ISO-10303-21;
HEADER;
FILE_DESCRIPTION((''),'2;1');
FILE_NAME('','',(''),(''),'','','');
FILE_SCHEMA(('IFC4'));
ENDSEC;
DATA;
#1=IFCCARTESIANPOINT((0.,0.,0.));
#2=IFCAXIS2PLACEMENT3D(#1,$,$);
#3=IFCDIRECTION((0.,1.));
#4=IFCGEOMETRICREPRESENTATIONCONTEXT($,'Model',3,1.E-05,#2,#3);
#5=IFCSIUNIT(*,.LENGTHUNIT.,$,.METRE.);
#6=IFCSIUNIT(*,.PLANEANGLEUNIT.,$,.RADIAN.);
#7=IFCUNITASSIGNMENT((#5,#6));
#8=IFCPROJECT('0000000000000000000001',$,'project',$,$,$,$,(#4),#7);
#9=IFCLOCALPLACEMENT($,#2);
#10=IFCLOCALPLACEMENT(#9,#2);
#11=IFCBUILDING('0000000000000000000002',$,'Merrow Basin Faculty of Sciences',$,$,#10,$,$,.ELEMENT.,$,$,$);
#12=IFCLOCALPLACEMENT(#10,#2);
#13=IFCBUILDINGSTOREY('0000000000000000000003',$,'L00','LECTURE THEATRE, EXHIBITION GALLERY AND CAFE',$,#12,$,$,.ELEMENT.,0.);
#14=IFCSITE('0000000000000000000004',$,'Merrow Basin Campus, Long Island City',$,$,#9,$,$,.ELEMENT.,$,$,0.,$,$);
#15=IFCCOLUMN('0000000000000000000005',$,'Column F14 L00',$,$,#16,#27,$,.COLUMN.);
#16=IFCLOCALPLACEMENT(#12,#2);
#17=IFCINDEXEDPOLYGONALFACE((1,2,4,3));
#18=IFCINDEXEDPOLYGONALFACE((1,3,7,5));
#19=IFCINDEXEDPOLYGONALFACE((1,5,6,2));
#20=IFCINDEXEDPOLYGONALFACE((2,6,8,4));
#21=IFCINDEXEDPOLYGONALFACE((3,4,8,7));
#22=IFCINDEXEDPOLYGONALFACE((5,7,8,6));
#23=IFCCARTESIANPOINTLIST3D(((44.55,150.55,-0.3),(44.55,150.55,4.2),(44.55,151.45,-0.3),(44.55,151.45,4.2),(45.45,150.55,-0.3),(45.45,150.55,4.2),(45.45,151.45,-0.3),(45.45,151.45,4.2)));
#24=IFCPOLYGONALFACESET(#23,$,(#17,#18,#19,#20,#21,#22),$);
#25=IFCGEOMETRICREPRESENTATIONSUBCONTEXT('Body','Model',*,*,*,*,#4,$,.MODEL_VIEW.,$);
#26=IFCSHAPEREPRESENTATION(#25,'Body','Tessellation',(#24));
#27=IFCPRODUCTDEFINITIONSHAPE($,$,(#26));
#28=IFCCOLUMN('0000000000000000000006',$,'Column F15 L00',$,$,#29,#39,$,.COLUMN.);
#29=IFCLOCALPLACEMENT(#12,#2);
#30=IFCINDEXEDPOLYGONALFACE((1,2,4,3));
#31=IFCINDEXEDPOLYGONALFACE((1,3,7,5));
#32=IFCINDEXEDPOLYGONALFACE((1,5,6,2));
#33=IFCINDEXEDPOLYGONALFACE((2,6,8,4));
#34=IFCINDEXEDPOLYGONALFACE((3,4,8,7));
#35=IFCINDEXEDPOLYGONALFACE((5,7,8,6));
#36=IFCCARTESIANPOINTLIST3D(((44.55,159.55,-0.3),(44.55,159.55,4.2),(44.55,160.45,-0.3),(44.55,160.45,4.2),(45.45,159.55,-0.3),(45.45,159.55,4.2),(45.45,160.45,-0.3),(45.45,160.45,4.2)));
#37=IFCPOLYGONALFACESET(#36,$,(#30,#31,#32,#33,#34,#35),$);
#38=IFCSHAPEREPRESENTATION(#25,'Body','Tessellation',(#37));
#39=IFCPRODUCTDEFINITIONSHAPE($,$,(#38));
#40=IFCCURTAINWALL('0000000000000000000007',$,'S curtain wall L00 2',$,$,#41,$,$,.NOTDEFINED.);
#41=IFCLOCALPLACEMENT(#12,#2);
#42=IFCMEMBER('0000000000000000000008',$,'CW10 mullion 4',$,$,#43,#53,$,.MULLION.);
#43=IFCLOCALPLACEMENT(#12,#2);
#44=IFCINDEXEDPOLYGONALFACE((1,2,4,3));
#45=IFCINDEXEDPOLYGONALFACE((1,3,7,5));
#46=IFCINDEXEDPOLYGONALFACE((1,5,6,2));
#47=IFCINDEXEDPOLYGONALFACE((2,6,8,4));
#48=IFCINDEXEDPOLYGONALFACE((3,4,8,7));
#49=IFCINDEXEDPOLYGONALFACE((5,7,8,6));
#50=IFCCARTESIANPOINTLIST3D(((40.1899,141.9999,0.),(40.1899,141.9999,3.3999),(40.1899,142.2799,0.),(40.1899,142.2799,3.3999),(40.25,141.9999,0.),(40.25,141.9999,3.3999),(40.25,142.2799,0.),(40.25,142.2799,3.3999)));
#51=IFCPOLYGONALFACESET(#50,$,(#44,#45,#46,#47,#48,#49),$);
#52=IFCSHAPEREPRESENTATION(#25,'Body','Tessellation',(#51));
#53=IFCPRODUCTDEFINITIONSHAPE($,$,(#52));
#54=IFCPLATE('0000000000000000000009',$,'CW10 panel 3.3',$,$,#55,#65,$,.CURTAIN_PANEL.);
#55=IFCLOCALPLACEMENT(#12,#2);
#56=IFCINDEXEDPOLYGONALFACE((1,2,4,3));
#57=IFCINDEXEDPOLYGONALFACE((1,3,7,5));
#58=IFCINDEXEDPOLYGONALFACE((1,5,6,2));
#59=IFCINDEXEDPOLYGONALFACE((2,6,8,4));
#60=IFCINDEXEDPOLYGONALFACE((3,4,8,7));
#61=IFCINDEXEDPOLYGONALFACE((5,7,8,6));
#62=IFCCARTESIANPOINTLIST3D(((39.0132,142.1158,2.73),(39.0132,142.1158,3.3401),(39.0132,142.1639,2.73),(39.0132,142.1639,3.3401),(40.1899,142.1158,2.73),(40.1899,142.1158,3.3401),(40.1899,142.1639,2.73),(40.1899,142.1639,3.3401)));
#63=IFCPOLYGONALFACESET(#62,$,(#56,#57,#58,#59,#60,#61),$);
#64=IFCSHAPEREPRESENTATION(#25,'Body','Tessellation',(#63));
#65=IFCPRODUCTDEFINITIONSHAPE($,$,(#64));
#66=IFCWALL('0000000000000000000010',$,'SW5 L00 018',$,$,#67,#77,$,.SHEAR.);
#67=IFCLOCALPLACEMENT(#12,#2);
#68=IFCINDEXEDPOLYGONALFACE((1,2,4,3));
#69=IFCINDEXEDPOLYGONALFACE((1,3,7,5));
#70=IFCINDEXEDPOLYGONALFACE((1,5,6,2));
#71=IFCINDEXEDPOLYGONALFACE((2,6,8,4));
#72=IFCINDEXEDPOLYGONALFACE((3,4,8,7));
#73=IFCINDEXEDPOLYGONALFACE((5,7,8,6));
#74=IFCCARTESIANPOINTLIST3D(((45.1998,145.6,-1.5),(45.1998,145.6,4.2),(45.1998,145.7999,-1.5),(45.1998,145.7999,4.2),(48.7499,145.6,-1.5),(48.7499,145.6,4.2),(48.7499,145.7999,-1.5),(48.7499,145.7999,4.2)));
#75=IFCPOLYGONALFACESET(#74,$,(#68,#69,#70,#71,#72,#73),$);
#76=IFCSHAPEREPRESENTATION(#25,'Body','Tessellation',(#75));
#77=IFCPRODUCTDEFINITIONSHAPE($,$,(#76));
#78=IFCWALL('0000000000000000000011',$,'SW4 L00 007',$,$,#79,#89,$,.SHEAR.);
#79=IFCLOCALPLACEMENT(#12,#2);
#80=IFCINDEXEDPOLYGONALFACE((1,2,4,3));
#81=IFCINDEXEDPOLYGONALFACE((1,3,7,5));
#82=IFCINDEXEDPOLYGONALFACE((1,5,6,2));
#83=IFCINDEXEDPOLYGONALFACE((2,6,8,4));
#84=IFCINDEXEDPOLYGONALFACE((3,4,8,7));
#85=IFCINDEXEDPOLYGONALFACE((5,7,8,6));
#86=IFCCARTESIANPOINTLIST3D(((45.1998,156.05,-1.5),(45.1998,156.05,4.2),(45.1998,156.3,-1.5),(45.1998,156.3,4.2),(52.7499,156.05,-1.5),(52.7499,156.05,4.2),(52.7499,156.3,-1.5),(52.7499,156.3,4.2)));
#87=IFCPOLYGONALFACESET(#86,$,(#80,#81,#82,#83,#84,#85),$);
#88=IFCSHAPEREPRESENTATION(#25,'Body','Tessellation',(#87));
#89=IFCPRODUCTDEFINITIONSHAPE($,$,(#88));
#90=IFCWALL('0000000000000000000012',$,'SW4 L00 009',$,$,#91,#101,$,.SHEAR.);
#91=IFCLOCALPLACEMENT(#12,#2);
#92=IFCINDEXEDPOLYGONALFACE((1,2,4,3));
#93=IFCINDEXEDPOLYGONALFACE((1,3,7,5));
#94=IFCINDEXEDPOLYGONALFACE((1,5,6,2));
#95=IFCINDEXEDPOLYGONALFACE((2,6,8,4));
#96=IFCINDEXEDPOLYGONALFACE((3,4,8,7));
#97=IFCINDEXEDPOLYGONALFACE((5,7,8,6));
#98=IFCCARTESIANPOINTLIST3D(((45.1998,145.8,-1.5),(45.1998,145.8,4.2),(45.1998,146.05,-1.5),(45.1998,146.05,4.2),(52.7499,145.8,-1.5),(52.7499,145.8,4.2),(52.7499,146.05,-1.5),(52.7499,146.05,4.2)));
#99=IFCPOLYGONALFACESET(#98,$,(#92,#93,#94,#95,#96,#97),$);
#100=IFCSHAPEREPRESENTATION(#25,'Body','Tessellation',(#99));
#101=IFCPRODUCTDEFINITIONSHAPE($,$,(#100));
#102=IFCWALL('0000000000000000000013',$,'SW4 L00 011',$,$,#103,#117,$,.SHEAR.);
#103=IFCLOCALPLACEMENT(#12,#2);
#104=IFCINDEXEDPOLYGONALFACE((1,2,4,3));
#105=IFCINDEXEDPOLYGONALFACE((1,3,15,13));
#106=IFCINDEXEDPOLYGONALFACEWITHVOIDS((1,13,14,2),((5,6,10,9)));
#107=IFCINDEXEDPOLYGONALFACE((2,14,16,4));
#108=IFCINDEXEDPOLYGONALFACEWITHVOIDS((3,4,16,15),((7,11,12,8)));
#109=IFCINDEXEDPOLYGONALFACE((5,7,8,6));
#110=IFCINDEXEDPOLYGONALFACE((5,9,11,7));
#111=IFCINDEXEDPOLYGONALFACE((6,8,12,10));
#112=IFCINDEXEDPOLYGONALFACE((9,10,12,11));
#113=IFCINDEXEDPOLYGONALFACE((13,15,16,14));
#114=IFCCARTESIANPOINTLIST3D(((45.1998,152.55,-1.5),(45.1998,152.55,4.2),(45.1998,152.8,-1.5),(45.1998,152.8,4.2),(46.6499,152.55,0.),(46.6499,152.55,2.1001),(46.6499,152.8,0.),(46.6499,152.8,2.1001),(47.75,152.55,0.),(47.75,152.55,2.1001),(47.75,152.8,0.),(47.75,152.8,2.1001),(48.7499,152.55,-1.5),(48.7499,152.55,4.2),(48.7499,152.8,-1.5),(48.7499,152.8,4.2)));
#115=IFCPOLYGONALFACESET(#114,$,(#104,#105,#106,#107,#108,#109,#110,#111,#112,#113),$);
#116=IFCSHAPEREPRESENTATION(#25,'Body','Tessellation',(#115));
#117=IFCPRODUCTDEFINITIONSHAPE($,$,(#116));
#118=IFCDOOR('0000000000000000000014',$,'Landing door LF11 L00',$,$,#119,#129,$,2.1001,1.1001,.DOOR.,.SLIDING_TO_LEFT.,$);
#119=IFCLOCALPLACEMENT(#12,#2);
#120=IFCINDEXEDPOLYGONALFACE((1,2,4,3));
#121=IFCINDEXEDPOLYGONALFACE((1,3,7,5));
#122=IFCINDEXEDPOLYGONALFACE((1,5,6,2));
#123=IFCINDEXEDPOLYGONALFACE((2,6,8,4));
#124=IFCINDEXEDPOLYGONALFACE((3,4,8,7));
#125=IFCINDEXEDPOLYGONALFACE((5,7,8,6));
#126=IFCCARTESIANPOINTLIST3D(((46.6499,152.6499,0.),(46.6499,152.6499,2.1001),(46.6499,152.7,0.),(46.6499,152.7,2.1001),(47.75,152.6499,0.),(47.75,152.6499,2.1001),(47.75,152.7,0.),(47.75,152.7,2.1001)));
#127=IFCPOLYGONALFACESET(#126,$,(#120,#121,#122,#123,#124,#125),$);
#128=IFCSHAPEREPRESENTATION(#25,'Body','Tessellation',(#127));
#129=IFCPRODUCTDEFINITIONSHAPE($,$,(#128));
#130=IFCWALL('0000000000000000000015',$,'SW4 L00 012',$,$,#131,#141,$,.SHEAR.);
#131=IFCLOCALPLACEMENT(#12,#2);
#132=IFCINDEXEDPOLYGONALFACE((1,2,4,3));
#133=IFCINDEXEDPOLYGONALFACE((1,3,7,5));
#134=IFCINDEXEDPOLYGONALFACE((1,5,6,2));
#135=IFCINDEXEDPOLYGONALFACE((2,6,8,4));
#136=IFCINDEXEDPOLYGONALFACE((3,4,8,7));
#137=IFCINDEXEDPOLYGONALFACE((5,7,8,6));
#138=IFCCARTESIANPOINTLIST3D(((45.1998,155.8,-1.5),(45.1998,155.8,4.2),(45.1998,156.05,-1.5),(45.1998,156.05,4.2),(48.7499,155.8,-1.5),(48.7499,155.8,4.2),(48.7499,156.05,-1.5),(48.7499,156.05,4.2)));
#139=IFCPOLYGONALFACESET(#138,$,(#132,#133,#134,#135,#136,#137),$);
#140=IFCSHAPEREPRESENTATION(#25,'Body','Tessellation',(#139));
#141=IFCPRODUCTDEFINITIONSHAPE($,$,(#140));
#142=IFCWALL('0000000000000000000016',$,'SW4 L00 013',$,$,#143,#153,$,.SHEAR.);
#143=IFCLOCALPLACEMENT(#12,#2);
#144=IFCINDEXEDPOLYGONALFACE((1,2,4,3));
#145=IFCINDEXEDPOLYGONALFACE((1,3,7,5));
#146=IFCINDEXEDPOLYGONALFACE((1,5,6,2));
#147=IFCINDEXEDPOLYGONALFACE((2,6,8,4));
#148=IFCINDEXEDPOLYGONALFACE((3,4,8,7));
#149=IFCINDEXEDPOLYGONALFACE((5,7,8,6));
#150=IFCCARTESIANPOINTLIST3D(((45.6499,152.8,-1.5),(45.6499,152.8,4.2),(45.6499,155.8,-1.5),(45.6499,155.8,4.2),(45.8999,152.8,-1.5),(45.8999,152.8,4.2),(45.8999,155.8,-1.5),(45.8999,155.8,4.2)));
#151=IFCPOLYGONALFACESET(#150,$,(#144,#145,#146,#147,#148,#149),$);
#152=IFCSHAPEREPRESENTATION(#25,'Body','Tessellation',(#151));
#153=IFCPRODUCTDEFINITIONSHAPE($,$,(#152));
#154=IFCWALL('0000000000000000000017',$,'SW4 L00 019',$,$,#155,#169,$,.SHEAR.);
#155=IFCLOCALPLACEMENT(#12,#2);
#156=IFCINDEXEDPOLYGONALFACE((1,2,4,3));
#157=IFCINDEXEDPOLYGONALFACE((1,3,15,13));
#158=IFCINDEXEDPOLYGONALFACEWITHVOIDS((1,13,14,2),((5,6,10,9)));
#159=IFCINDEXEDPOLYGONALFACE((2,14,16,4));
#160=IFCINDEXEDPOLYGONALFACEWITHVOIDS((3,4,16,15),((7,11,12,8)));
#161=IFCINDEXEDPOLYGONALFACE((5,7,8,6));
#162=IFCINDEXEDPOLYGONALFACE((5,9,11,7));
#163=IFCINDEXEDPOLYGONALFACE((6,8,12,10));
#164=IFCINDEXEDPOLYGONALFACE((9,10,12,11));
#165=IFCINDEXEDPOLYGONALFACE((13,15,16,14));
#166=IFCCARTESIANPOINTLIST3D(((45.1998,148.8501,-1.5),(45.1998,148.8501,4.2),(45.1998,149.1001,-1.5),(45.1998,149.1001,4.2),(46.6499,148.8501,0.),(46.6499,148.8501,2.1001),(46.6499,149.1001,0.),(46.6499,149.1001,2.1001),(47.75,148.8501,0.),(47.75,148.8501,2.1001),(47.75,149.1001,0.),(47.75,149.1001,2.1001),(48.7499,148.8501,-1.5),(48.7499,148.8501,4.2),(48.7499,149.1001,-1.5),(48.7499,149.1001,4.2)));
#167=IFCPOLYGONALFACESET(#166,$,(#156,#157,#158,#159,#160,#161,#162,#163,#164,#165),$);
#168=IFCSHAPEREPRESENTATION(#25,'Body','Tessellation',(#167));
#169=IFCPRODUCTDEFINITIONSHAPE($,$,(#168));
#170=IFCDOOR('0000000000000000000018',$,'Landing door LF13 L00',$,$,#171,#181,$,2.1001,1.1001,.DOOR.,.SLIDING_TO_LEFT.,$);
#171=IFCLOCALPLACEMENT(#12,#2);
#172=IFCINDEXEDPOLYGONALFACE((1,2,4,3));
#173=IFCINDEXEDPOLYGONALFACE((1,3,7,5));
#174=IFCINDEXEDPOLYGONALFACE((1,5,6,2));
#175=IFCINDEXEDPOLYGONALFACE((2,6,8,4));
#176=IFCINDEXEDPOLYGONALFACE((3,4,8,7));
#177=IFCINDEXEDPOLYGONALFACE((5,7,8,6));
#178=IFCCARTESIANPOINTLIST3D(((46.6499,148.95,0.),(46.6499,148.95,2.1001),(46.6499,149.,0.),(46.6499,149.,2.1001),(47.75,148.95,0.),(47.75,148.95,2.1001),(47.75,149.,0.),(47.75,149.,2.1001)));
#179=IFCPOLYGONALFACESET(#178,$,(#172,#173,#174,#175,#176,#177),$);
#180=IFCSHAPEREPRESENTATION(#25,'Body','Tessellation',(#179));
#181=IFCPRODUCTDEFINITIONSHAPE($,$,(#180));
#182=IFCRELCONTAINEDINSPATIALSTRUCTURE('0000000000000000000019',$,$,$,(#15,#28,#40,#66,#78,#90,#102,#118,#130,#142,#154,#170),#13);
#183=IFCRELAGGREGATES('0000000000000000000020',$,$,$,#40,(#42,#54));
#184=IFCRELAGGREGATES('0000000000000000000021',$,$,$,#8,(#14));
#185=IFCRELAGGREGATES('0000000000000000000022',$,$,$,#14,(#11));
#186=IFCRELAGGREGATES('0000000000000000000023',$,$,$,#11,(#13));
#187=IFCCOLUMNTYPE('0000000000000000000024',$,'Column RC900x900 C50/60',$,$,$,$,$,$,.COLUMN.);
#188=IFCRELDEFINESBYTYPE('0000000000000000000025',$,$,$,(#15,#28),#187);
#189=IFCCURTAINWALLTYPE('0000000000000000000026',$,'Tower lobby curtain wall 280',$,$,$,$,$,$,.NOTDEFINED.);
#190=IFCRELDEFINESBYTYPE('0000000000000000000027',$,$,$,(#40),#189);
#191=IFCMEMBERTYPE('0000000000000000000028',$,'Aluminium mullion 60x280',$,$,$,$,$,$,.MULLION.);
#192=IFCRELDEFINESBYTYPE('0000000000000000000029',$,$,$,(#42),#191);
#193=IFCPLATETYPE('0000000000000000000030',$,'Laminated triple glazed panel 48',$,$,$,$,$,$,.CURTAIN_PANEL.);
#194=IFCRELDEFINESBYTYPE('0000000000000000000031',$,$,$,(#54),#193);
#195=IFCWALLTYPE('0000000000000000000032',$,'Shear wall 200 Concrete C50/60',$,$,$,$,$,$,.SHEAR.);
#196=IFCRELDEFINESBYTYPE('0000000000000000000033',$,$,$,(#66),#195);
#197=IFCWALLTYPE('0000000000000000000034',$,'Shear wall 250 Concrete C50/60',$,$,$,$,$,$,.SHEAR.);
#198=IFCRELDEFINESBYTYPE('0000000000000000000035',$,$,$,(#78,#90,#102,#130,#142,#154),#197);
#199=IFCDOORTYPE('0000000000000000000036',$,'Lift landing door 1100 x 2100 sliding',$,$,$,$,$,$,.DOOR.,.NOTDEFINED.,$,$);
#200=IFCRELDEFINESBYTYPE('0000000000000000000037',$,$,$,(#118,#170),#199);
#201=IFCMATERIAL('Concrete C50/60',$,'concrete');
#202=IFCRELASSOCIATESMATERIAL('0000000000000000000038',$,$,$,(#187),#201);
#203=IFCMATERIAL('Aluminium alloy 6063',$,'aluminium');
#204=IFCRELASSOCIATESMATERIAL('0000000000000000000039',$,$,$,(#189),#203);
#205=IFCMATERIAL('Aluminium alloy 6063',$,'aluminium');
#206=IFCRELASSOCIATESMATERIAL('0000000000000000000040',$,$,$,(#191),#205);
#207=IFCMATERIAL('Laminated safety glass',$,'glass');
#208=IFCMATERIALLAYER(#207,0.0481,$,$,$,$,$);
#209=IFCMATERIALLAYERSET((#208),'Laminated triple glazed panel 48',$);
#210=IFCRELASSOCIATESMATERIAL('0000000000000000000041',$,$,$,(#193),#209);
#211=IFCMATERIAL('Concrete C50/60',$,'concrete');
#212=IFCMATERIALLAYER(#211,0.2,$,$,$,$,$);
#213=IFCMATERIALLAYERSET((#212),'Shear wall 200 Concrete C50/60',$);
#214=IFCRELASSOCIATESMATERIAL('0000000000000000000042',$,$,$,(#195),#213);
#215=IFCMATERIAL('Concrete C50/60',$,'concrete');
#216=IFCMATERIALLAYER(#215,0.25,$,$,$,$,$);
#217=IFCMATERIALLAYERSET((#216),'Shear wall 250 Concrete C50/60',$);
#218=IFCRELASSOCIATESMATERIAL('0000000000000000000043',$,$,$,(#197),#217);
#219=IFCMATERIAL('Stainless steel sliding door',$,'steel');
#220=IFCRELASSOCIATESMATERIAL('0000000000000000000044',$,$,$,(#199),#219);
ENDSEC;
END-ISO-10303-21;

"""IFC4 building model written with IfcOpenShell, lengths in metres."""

from ifc_helpers import new_model, si_unit, direction, frame, frame_2d, origin, origin_2d, place, context, subcontext, project, spatial, rectangle, extrude, material, layer, layer_set, material_profile, profile_set, type_object, element, fill, aggregate, save


model = new_model("IFC4")

# Units and contexts
model_context = context("Model", 3, precision=1e-05, world=origin(), true_north=direction((0.0, 1.0)))
body_context = subcontext(model_context, "Body", "Model", "MODEL_VIEW")
ifc_project = project(units=[si_unit("LENGTHUNIT", "METRE"), si_unit("PLANEANGLEUNIT", "RADIAN")], contexts=[model_context])

# Site, building, storey
site_placement = place(None, origin())
site = spatial("IfcSite", under=ifc_project, at=site_placement, Name="Merrow Basin Campus, Long Island City", CompositionType="ELEMENT", RefElevation=0.0)
building_placement = place(site_placement, origin())
building = spatial("IfcBuilding", under=site, at=building_placement, Name="Merrow Basin Faculty of Sciences", CompositionType="ELEMENT")
storey_placement = place(building_placement, origin())
storey = spatial("IfcBuildingStorey", under=building, at=storey_placement, Name="L00", Description="LECTURE THEATRE, EXHIBITION GALLERY AND CAFE", CompositionType="ELEMENT", Elevation=0.0)

# Columns
ifc_material_1 = material(Name="Concrete C50/60", Category="concrete")
ifc_material_profile_1 = material_profile(ifc_material_1, rectangle(XDim=0.8999, YDim=0.8999, at=origin_2d()))
ifc_profile_set_1 = profile_set([ifc_material_profile_1], Name="Concrete C50/60")
column_type = type_object("IfcColumnType", Name="Column RC900x900 C50/60", PredefinedType="COLUMN", material=ifc_profile_set_1)
for number, where, z_axis, x_axis, name in (
    (1, (45.0, 151.0, -0.3), (0.0, 0.0, 1.0), (1.0, 0.0, 0.0), "Column F14 L00"),
    (2, (45.0, 160.0, -0.3), (0.0, 0.0, 1.0), (1.0, 0.0, 0.0), "Column F15 L00"),
):
    element("IfcColumn", number, at=place(storey_placement, frame(where, z_axis=z_axis, x_axis=x_axis)), inside=storey, type_object=column_type, Name=name, PredefinedType="COLUMN", context=body_context, shape_type="SweptSolid", body=[
        extrude(rectangle(XDim=0.8999, YDim=0.8999, at=origin_2d()), origin(), (0.0, 0.0, 1.0), 4.5),
    ])

# Curtain wall, member, plate
ifc_material_2 = material(Name="Aluminium alloy 6063", Category="aluminium")
curtain_wall_type = type_object("IfcCurtainWallType", Name="Tower lobby curtain wall 280", PredefinedType="NOTDEFINED", material=ifc_material_2)
curtain_wall_placement = place(storey_placement, origin())
curtain_wall = element("IfcCurtainWall", 3, at=curtain_wall_placement, inside=storey, type_object=curtain_wall_type, Name="S curtain wall L00 2", PredefinedType="NOTDEFINED")
ifc_material_3 = material(Name="Aluminium alloy 6063", Category="aluminium")
ifc_material_profile_2 = material_profile(ifc_material_3, rectangle(XDim=0.28, YDim=0.0601, at=origin_2d()))
ifc_profile_set_2 = profile_set([ifc_material_profile_2], Name="Aluminium alloy 6063")
member_type = type_object("IfcMemberType", Name="Aluminium mullion 60x280", PredefinedType="MULLION", material=ifc_profile_set_2)
member_placement = place(storey_placement, frame((40.22, 142.1399, 0.0), z_axis=(0.0, 0.0, 1.0), x_axis=(0.0, 1.0, 0.0)))
member = element("IfcMember", 4, at=member_placement, type_object=member_type, Name="CW10 mullion 4", PredefinedType="MULLION", context=body_context, shape_type="SweptSolid", body=[
    extrude(rectangle(XDim=0.28, YDim=0.0601, at=origin_2d()), origin(), (0.0, 0.0, 1.0), 3.3999),
])
ifc_material_4 = material(Name="Laminated safety glass", Category="glass")
ifc_layer_1 = layer(ifc_material_4, 0.0481)
ifc_layer_set_1 = layer_set([ifc_layer_1], Name="Laminated triple glazed panel 48")
plate_type = type_object("IfcPlateType", Name="Laminated triple glazed panel 48", PredefinedType="CURTAIN_PANEL", material=ifc_layer_set_1)
plate_placement = place(storey_placement, frame((39.6016, 142.1399, 2.73), z_axis=(0.0, 0.0, 1.0), x_axis=(1.0, 0.0, 0.0)))
plate = element("IfcPlate", 5, at=plate_placement, type_object=plate_type, Name="CW10 panel 3.3", PredefinedType="CURTAIN_PANEL", context=body_context, shape_type="SweptSolid", body=[
    extrude(rectangle(XDim=1.1768, YDim=0.0481, at=origin_2d()), origin(), (0.0, 0.0, 1.0), 0.6101),
])
aggregate(curtain_wall, [member, plate])

# Walls
ifc_material_5 = material(Name="Concrete C50/60", Category="concrete")
ifc_layer_2 = layer(ifc_material_5, 0.2)
ifc_layer_set_2 = layer_set([ifc_layer_2], Name="Shear wall 200 Concrete C50/60")
wall_type_1 = type_object("IfcWallType", Name="Shear wall 200 Concrete C50/60", PredefinedType="SHEAR", material=ifc_layer_set_2)
wall_1_placement = place(storey_placement, frame((45.2, 145.7, -1.5), z_axis=(0.0, 0.0, 1.0), x_axis=(1.0, 0.0, 0.0)))
element("IfcWall", 6, at=wall_1_placement, inside=storey, type_object=wall_type_1, Name="SW5 L00 018", PredefinedType="SHEAR", context=body_context, shape_type="SweptSolid", body=[
    extrude(rectangle(XDim=3.55, YDim=0.2, at=frame_2d((1.7749, 0.0))), origin(), (0.0, 0.0, 1.0), 5.7),
])
ifc_material_6 = material(Name="Concrete C50/60", Category="concrete")
ifc_layer_3 = layer(ifc_material_6, 0.25)
ifc_layer_set_3 = layer_set([ifc_layer_3], Name="Shear wall 250 Concrete C50/60")
wall_type_2 = type_object("IfcWallType", Name="Shear wall 250 Concrete C50/60", PredefinedType="SHEAR", material=ifc_layer_set_3)
for number, where, z_axis, x_axis, name in (
    (7, (45.2, 156.175, -1.5), (0.0, 0.0, 1.0), (1.0, 0.0, 0.0), "SW4 L00 007"),
    (8, (45.2, 145.925, -1.5), (0.0, 0.0, 1.0), (1.0, 0.0, 0.0), "SW4 L00 009"),
):
    element("IfcWall", number, at=place(storey_placement, frame(where, z_axis=z_axis, x_axis=x_axis)), inside=storey, type_object=wall_type_2, Name=name, PredefinedType="SHEAR", context=body_context, shape_type="SweptSolid", body=[
        extrude(rectangle(XDim=7.55, YDim=0.25, at=frame_2d((3.7749, 0.0))), origin(), (0.0, 0.0, 1.0), 5.7),
    ])

# Wall, opening, door
wall_2_placement = place(storey_placement, frame((45.2, 152.675, -1.5), z_axis=(0.0, 0.0, 1.0), x_axis=(1.0, 0.0, 0.0)))
wall_2 = element("IfcWall", 9, at=wall_2_placement, inside=storey, type_object=wall_type_2, Name="SW4 L00 011", PredefinedType="SHEAR", context=body_context, shape_type="SweptSolid", body=[
    extrude(rectangle(XDim=3.55, YDim=0.25, at=frame_2d((1.7749, 0.0))), origin(), (0.0, 0.0, 1.0), 5.7),
])
opening_1_placement = place(wall_2_placement, frame((1.45, 0.0, 1.5)))
opening_1 = element("IfcOpeningElement", 10, at=opening_1_placement, cuts=wall_2, PredefinedType="OPENING", context=body_context, shape_type="SweptSolid", body=[
    extrude(rectangle(XDim=1.1001, YDim=2.1001, at=frame_2d((0.55, 1.05))), frame((0.0, 0.135, 0.0), z_axis=(0.0, -1.0, 0.0), x_axis=(1.0, 0.0, 0.0)), (0.0, 0.0, 1.0), 0.27),
])
ifc_material_7 = material(Name="Stainless steel sliding door", Category="steel")
door_type_1 = type_object("IfcDoorType", Name="Lift landing door 1100 x 2100 sliding", OperationType="NOTDEFINED", PredefinedType="DOOR", material=ifc_material_7)
door_1_placement = place(opening_1_placement, origin())
door_1 = element("IfcDoor", 11, at=door_1_placement, inside=storey, type_object=door_type_1, Name="Landing door LF11 L00", OperationType="SLIDING_TO_LEFT", OverallHeight=2.1001, OverallWidth=1.1001, PredefinedType="DOOR", context=body_context, shape_type="SweptSolid", body=[
    extrude(rectangle(XDim=1.1001, YDim=2.1001, at=frame_2d((0.55, 1.05))), frame((0.0, 0.0249, 0.0), z_axis=(0.0, -1.0, 0.0), x_axis=(1.0, 0.0, 0.0)), (0.0, 0.0, 1.0), 0.05),
])
fill(opening_1, door_1)

# Walls
wall_3_placement = place(storey_placement, frame((45.2, 155.925, -1.5), z_axis=(0.0, 0.0, 1.0), x_axis=(1.0, 0.0, 0.0)))
element("IfcWall", 12, at=wall_3_placement, inside=storey, type_object=wall_type_2, Name="SW4 L00 012", PredefinedType="SHEAR", context=body_context, shape_type="SweptSolid", body=[
    extrude(rectangle(XDim=3.55, YDim=0.25, at=frame_2d((1.7749, 0.0))), origin(), (0.0, 0.0, 1.0), 5.7),
])
wall_4_placement = place(storey_placement, frame((45.7749, 152.8, -1.5), z_axis=(0.0, 0.0, 1.0), x_axis=(0.0, 1.0, 0.0)))
element("IfcWall", 13, at=wall_4_placement, inside=storey, type_object=wall_type_2, Name="SW4 L00 013", PredefinedType="SHEAR", context=body_context, shape_type="SweptSolid", body=[
    extrude(rectangle(XDim=3.0, YDim=0.25, at=frame_2d((1.5, 0.0))), origin(), (0.0, 0.0, 1.0), 5.7),
])

# Wall, opening, door
wall_5_placement = place(storey_placement, frame((45.2, 148.9751, -1.5), z_axis=(0.0, 0.0, 1.0), x_axis=(1.0, 0.0, 0.0)))
wall_5 = element("IfcWall", 14, at=wall_5_placement, inside=storey, type_object=wall_type_2, Name="SW4 L00 019", PredefinedType="SHEAR", context=body_context, shape_type="SweptSolid", body=[
    extrude(rectangle(XDim=3.55, YDim=0.25, at=frame_2d((1.7749, 0.0))), origin(), (0.0, 0.0, 1.0), 5.7),
])
opening_2_placement = place(wall_5_placement, frame((1.45, 0.0, 1.5)))
opening_2 = element("IfcOpeningElement", 15, at=opening_2_placement, cuts=wall_5, PredefinedType="OPENING", context=body_context, shape_type="SweptSolid", body=[
    extrude(rectangle(XDim=1.1001, YDim=2.1001, at=frame_2d((0.55, 1.05))), frame((0.0, 0.135, 0.0), z_axis=(0.0, -1.0, 0.0), x_axis=(1.0, 0.0, 0.0)), (0.0, 0.0, 1.0), 0.27),
])
door_2_placement = place(opening_2_placement, origin())
door_2 = element("IfcDoor", 16, at=door_2_placement, inside=storey, type_object=door_type_1, Name="Landing door LF13 L00", OperationType="SLIDING_TO_LEFT", OverallHeight=2.1001, OverallWidth=1.1001, PredefinedType="DOOR", context=body_context, shape_type="SweptSolid", body=[
    extrude(rectangle(XDim=1.1001, YDim=2.1001, at=frame_2d((0.55, 1.05))), frame((0.0, 0.0249, 0.0), z_axis=(0.0, -1.0, 0.0), x_axis=(1.0, 0.0, 0.0)), (0.0, 0.0, 1.0), 0.05),
])
fill(opening_2, door_2)

save(model, "model.ifc")
